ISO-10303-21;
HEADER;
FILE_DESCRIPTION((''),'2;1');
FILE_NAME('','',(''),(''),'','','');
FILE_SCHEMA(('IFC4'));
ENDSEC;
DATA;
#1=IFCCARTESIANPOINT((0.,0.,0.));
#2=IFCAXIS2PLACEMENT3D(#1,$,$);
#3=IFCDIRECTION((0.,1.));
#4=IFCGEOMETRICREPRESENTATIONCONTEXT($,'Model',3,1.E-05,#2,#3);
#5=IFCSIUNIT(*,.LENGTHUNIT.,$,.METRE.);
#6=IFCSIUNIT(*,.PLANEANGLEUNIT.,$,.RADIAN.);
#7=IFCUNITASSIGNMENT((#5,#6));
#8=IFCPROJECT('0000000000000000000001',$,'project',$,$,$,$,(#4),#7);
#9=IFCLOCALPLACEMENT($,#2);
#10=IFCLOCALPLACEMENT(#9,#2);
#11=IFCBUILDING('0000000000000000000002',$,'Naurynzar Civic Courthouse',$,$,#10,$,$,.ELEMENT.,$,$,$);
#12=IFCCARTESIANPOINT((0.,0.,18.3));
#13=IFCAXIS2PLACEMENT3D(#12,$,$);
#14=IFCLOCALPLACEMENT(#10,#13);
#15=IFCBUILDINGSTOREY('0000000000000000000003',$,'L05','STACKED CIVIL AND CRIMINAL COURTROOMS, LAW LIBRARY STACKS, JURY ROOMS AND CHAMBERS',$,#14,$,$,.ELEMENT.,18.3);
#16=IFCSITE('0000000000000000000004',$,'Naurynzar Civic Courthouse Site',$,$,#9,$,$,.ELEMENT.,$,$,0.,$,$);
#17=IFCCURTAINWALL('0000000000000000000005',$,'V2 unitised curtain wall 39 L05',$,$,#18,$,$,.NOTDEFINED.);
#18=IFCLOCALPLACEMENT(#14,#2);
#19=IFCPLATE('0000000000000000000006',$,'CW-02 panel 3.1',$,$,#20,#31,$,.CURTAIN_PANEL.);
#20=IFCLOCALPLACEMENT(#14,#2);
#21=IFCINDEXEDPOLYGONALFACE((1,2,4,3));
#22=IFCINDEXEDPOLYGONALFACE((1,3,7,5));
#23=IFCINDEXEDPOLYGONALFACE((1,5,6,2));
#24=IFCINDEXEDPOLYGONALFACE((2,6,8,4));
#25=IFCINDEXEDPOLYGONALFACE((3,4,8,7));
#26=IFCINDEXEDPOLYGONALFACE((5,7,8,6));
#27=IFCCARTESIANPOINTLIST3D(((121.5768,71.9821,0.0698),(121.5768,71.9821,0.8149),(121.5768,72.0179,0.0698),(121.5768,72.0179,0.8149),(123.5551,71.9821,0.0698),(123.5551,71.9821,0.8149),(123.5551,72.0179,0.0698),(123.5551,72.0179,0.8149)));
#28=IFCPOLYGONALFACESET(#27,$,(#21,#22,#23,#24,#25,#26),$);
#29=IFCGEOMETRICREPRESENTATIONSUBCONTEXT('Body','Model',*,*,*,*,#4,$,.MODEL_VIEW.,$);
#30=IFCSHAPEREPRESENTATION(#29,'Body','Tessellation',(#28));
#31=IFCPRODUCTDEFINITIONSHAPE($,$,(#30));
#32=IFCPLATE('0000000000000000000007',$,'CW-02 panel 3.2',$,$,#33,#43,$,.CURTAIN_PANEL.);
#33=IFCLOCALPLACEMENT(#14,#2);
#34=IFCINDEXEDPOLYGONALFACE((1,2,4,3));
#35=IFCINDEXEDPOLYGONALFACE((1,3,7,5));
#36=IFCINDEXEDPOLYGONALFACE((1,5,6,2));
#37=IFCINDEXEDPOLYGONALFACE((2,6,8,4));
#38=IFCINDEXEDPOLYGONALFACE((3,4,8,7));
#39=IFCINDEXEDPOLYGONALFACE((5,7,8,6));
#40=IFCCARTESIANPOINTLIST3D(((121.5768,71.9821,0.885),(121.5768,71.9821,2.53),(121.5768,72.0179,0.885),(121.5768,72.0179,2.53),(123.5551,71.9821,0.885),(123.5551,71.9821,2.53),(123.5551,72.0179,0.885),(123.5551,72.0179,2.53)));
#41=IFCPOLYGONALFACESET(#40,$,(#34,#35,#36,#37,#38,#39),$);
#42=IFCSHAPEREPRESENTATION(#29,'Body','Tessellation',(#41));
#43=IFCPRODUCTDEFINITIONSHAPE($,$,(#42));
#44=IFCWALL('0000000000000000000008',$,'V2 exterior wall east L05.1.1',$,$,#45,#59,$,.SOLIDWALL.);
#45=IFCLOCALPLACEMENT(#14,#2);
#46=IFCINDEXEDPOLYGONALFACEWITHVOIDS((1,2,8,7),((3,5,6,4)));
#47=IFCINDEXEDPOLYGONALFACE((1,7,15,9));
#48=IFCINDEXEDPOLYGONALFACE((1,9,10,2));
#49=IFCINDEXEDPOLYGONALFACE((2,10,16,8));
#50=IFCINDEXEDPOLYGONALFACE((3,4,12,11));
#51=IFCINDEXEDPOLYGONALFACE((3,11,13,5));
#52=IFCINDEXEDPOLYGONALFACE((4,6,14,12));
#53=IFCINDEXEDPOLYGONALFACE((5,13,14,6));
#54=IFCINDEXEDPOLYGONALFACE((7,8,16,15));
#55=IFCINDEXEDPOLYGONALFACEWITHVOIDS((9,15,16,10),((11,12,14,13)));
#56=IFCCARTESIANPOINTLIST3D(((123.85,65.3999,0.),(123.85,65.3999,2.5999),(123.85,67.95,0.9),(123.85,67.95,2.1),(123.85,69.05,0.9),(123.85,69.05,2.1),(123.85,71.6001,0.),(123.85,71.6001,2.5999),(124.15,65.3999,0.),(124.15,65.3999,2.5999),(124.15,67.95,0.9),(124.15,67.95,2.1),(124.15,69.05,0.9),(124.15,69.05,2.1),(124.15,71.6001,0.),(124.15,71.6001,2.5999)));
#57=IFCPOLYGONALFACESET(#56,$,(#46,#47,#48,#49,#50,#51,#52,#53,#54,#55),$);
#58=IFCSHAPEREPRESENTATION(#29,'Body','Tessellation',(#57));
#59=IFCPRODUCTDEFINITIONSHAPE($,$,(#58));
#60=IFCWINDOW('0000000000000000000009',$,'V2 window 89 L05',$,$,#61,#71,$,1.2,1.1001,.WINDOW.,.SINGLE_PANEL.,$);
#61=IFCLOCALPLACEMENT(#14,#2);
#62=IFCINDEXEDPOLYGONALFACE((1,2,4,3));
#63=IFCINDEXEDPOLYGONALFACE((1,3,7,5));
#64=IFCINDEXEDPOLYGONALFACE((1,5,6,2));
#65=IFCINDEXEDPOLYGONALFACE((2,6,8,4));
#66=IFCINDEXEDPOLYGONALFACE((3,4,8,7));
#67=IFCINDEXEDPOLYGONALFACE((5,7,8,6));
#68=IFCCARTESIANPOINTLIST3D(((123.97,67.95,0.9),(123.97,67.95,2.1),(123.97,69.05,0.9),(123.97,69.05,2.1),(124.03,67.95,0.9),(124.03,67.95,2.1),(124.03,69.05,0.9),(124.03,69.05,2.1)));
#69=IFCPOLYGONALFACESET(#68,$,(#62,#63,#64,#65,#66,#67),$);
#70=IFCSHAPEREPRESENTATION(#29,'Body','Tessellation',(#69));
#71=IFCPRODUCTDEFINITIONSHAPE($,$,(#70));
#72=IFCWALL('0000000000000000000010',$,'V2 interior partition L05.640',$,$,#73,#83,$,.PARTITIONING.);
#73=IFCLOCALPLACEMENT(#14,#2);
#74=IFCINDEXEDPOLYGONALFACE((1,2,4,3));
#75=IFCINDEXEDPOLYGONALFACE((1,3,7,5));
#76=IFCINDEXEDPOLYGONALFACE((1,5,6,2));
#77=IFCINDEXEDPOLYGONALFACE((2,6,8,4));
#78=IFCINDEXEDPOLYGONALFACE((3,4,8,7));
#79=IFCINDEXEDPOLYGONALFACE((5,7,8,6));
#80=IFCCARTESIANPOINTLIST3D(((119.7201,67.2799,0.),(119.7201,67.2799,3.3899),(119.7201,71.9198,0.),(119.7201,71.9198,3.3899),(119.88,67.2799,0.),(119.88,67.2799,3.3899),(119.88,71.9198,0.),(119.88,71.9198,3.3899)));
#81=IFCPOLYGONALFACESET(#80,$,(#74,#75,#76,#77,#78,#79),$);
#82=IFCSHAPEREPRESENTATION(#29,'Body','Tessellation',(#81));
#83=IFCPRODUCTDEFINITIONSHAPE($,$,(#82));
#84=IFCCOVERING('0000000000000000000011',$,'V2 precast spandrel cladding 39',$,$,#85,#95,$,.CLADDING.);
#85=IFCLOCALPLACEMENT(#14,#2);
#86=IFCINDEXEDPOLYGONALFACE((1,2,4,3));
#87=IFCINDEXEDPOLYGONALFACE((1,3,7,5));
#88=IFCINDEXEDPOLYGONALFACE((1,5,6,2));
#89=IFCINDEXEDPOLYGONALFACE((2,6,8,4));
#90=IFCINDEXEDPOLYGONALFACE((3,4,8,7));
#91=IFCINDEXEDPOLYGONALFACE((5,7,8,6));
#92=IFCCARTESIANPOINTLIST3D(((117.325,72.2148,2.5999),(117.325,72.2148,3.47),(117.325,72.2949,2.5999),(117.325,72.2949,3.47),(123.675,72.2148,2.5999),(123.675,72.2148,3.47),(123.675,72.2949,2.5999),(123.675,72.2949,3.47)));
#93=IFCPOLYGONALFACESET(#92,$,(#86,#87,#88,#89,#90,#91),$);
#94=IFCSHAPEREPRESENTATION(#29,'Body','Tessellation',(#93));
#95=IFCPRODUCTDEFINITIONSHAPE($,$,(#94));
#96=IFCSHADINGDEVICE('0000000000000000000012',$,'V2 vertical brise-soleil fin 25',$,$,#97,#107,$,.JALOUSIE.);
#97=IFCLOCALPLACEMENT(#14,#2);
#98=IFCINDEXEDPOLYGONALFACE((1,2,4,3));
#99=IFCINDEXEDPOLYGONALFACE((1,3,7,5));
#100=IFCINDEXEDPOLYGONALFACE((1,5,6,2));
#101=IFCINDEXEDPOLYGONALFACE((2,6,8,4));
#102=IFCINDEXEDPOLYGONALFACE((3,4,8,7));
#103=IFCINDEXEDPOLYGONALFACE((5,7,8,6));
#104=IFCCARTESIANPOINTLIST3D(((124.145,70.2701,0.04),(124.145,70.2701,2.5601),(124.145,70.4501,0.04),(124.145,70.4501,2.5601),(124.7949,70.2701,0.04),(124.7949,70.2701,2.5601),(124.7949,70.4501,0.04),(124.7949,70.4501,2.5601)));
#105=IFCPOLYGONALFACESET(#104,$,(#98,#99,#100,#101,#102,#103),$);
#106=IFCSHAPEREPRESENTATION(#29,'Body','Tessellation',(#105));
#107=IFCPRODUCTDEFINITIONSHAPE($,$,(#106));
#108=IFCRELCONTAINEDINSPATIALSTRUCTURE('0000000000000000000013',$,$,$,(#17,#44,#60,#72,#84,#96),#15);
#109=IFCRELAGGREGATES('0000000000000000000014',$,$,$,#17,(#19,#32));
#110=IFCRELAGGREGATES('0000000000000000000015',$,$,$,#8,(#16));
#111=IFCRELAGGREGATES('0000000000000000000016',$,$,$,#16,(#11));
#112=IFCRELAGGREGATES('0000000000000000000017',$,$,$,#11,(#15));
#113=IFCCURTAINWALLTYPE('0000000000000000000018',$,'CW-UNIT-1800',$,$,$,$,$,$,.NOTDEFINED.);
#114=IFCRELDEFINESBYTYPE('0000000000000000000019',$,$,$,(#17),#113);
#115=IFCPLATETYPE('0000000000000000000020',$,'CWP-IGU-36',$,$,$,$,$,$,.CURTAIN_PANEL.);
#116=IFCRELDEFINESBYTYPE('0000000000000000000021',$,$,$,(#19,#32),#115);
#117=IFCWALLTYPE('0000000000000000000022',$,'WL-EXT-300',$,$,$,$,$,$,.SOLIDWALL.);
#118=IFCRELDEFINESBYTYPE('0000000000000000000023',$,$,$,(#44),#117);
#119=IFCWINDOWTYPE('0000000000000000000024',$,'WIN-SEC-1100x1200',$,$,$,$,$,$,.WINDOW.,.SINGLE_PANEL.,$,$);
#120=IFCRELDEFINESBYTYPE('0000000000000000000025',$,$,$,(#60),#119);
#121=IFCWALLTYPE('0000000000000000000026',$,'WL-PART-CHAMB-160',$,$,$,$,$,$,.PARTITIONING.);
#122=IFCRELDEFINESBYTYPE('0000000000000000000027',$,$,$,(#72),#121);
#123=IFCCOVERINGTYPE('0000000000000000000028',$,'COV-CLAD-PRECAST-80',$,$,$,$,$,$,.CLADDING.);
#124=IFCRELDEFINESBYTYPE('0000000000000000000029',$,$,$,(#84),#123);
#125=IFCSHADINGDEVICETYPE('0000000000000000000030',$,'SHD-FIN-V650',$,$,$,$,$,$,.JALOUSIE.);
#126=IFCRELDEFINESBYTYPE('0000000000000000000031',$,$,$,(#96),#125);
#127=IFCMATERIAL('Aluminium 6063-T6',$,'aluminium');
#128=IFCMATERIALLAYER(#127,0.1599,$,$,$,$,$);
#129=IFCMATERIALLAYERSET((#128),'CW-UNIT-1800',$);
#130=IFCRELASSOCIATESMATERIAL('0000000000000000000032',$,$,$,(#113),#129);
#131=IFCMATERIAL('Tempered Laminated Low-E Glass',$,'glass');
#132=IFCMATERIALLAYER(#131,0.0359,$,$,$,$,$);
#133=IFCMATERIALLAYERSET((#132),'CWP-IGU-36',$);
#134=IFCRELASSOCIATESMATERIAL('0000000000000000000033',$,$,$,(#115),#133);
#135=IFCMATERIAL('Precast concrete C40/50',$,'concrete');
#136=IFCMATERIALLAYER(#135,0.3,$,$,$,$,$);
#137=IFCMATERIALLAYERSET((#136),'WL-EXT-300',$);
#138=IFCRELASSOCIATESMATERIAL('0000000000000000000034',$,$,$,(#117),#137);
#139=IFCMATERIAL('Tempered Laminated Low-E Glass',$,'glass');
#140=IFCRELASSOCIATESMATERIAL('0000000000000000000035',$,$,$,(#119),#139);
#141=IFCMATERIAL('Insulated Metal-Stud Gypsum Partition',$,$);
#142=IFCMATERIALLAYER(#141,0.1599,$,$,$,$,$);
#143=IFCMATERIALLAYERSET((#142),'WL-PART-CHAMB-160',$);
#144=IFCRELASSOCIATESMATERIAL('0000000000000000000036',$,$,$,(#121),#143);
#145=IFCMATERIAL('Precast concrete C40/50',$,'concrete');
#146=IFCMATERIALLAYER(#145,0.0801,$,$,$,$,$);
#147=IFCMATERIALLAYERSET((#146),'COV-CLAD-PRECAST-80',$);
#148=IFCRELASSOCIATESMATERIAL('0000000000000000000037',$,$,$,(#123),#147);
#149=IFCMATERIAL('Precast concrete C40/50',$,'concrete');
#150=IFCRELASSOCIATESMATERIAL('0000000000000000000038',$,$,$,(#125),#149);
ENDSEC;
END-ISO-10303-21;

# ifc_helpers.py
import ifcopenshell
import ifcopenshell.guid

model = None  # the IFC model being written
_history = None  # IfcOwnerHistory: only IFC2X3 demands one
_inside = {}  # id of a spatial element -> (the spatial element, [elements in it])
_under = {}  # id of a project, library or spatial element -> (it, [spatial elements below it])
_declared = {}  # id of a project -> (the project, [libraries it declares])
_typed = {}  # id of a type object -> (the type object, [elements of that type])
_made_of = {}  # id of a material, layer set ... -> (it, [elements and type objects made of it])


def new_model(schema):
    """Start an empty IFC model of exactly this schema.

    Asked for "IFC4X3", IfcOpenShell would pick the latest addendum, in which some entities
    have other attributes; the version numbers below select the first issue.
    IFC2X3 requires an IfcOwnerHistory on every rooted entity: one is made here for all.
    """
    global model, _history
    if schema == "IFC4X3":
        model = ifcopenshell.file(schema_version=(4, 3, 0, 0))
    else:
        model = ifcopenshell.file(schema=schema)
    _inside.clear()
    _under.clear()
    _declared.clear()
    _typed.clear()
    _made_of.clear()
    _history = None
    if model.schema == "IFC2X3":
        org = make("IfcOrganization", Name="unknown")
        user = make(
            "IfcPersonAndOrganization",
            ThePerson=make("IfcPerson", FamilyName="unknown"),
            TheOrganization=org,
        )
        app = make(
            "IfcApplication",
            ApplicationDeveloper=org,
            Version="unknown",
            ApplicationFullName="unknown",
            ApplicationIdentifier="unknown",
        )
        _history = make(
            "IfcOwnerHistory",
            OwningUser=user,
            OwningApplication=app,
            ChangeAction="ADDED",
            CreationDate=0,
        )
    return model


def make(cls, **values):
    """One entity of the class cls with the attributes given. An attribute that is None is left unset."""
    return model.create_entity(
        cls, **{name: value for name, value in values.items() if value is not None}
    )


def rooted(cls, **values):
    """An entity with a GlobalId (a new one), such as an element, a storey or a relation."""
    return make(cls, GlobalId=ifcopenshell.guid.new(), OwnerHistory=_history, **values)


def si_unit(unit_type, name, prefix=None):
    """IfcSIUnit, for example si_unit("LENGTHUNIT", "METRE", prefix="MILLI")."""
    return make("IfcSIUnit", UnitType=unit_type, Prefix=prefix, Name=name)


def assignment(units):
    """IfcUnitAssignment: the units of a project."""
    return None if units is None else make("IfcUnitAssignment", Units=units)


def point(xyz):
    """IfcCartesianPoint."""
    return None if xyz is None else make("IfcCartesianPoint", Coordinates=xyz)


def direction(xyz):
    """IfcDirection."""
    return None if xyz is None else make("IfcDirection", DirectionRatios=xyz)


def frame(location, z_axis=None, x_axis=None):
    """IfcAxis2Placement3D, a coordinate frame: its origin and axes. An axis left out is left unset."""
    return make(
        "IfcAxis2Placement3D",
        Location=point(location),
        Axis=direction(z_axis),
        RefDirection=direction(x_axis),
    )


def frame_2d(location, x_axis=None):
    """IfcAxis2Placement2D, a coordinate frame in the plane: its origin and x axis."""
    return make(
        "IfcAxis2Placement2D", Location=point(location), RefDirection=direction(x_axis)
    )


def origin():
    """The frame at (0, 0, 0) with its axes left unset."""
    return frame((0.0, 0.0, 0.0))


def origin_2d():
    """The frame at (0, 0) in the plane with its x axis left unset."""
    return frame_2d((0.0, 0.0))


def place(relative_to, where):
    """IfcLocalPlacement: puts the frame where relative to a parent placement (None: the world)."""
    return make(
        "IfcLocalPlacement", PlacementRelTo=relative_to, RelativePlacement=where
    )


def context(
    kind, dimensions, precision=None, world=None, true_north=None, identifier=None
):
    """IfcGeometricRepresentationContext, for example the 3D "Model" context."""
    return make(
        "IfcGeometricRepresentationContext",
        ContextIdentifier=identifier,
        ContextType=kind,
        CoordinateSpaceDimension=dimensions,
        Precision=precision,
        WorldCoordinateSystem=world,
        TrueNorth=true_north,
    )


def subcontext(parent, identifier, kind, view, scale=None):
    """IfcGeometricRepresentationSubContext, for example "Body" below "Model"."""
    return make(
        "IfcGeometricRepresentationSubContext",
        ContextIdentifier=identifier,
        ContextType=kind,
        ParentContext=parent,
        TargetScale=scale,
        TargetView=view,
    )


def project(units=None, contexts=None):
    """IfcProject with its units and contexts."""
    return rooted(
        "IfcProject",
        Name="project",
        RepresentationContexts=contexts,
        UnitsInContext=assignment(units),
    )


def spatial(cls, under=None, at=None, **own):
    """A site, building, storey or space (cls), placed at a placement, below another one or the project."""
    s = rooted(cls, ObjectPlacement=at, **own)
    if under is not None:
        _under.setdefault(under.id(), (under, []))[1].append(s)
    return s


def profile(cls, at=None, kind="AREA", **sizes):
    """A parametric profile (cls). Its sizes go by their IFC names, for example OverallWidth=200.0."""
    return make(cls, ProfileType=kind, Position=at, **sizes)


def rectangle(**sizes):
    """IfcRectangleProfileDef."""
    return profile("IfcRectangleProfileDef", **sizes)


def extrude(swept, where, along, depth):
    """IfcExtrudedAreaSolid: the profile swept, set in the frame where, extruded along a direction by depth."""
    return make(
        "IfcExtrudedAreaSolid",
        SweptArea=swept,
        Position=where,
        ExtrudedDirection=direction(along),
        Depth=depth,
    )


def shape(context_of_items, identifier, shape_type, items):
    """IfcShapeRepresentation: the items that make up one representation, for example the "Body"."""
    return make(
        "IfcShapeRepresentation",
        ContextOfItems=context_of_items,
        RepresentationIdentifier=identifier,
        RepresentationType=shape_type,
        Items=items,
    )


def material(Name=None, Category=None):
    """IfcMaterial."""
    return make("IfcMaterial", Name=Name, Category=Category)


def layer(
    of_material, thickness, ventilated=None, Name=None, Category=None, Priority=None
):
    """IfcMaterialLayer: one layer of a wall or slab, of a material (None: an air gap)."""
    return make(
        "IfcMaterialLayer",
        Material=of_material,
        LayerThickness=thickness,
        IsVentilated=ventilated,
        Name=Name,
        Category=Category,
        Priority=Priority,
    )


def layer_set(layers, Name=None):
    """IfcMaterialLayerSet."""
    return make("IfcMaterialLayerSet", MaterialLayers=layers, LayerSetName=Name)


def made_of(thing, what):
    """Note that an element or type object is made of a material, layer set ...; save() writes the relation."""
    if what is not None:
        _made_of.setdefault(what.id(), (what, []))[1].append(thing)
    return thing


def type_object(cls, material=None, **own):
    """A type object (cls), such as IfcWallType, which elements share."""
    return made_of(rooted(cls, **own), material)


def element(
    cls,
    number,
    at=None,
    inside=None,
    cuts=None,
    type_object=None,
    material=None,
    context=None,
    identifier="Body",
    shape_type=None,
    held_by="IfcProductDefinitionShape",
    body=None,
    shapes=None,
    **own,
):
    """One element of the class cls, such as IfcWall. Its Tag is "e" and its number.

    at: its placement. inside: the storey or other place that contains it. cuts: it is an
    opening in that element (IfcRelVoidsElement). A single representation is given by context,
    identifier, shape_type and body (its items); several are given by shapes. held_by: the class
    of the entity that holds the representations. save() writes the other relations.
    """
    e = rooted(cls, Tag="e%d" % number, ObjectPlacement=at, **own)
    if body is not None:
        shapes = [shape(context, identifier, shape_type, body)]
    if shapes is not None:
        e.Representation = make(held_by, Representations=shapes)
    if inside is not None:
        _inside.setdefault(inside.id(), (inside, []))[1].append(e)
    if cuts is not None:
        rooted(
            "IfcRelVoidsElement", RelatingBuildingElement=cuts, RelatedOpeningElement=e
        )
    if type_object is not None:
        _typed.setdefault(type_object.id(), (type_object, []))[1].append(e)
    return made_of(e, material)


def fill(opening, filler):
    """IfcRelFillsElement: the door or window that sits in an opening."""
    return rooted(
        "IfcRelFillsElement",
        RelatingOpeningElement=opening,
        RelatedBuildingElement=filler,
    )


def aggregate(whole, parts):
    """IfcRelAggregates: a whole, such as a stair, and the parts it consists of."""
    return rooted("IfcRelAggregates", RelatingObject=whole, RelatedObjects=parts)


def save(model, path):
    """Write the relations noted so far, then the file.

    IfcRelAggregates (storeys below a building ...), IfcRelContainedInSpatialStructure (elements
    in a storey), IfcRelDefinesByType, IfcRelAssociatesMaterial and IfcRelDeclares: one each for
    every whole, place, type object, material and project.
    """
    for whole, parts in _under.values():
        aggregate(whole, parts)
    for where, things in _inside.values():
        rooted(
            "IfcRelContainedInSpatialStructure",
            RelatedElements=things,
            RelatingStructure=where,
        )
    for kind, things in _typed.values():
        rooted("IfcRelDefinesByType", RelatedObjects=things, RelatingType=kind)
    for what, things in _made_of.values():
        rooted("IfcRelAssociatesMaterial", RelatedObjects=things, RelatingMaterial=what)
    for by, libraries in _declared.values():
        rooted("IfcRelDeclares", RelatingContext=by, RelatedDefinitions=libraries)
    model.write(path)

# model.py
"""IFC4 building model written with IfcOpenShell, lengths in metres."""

from ifc_helpers import new_model, si_unit, direction, frame, frame_2d, origin, origin_2d, place, context, subcontext, project, spatial, rectangle, extrude, material, layer, layer_set, type_object, element, fill, aggregate, save


model = new_model("IFC4")

# Units and contexts
model_context = context("Model", 3, precision=1e-05, world=origin(), true_north=direction((0.0, 1.0)))
body_context = subcontext(model_context, "Body", "Model", "MODEL_VIEW")
ifc_project = project(units=[si_unit("LENGTHUNIT", "METRE"), si_unit("PLANEANGLEUNIT", "RADIAN")], contexts=[model_context])

# Site, building, storey
site_placement = place(None, origin())
site = spatial("IfcSite", under=ifc_project, at=site_placement, Name="Naurynzar Civic Courthouse Site", CompositionType="ELEMENT", RefElevation=0.0)
building_placement = place(site_placement, origin())
building = spatial("IfcBuilding", under=site, at=building_placement, Name="Naurynzar Civic Courthouse", CompositionType="ELEMENT")
storey_placement = place(building_placement, frame((0.0, 0.0, 18.3)))
storey = spatial("IfcBuildingStorey", under=building, at=storey_placement, Name="L05", Description="STACKED CIVIL AND CRIMINAL COURTROOMS, LAW LIBRARY STACKS, JURY ROOMS AND CHAMBERS", CompositionType="ELEMENT", Elevation=18.3)

# Curtain wall, plates
ifc_material_1 = material(Name="Aluminium 6063-T6", Category="aluminium")
ifc_layer_1 = layer(ifc_material_1, 0.1599)
ifc_layer_set_1 = layer_set([ifc_layer_1], Name="CW-UNIT-1800")
curtain_wall_type = type_object("IfcCurtainWallType", Name="CW-UNIT-1800", PredefinedType="NOTDEFINED", material=ifc_layer_set_1)
curtain_wall_placement = place(storey_placement, origin())
curtain_wall = element("IfcCurtainWall", 1, at=curtain_wall_placement, inside=storey, type_object=curtain_wall_type, Name="V2 unitised curtain wall 39 L05", PredefinedType="NOTDEFINED")
ifc_material_2 = material(Name="Tempered Laminated Low-E Glass", Category="glass")
ifc_layer_2 = layer(ifc_material_2, 0.0359)
ifc_layer_set_2 = layer_set([ifc_layer_2], Name="CWP-IGU-36")
plate_type = type_object("IfcPlateType", Name="CWP-IGU-36", PredefinedType="CURTAIN_PANEL", material=ifc_layer_set_2)
plate_1_placement = place(storey_placement, frame((122.5659, 72.0, 0.0698), z_axis=(0.0, 0.0, 1.0), x_axis=(1.0, 0.0, 0.0)))
plate_1 = element("IfcPlate", 2, at=plate_1_placement, type_object=plate_type, Name="CW-02 panel 3.1", PredefinedType="CURTAIN_PANEL", context=body_context, shape_type="SweptSolid", body=[
    extrude(rectangle(XDim=1.9783, YDim=0.0359, at=origin_2d()), origin(), (0.0, 0.0, 1.0), 0.7451),
])
plate_2_placement = place(storey_placement, frame((122.5659, 72.0, 0.885), z_axis=(0.0, 0.0, 1.0), x_axis=(1.0, 0.0, 0.0)))
plate_2 = element("IfcPlate", 3, at=plate_2_placement, type_object=plate_type, Name="CW-02 panel 3.2", PredefinedType="CURTAIN_PANEL", context=body_context, shape_type="SweptSolid", body=[
    extrude(rectangle(XDim=1.9783, YDim=0.0359, at=origin_2d()), origin(), (0.0, 0.0, 1.0), 1.645),
])
aggregate(curtain_wall, [plate_1, plate_2])

# Wall, opening, window
ifc_material_3 = material(Name="Precast concrete C40/50", Category="concrete")
ifc_layer_3 = layer(ifc_material_3, 0.3)
ifc_layer_set_3 = layer_set([ifc_layer_3], Name="WL-EXT-300")
wall_type_1 = type_object("IfcWallType", Name="WL-EXT-300", PredefinedType="SOLIDWALL", material=ifc_layer_set_3)
wall_1_placement = place(storey_placement, frame((124.0, 71.6001, 0.0), z_axis=(0.0, 0.0, 1.0), x_axis=(0.0, -1.0, 0.0)))
wall_1 = element("IfcWall", 4, at=wall_1_placement, inside=storey, type_object=wall_type_1, Name="V2 exterior wall east L05.1.1", PredefinedType="SOLIDWALL", context=body_context, shape_type="SweptSolid", body=[
    extrude(rectangle(XDim=6.2002, YDim=0.3, at=frame_2d((3.1001, 0.0))), origin(), (0.0, 0.0, 1.0), 2.5999),
])
opening_placement = place(wall_1_placement, frame((2.55, 0.0, 0.8999)))
opening = element("IfcOpeningElement", 5, at=opening_placement, cuts=wall_1, PredefinedType="OPENING", context=body_context, shape_type="SweptSolid", body=[
    extrude(rectangle(XDim=1.1001, YDim=1.2, at=frame_2d((0.55, 0.6001))), frame((0.0, 0.1599, 0.0), z_axis=(0.0, -1.0, 0.0), x_axis=(1.0, 0.0, 0.0)), (0.0, 0.0, 1.0), 0.3201),
])
ifc_material_4 = material(Name="Tempered Laminated Low-E Glass", Category="glass")
window_type = type_object("IfcWindowType", Name="WIN-SEC-1100x1200", PartitioningType="SINGLE_PANEL", PredefinedType="WINDOW", material=ifc_material_4)
window_placement = place(opening_placement, origin())
window = element("IfcWindow", 6, at=window_placement, inside=storey, type_object=window_type, Name="V2 window 89 L05", OverallHeight=1.2, OverallWidth=1.1001, PartitioningType="SINGLE_PANEL", PredefinedType="WINDOW", context=body_context, shape_type="SweptSolid", body=[
    extrude(rectangle(XDim=1.1001, YDim=1.2, at=frame_2d((0.55, 0.6001))), frame((0.0, 0.03, 0.0), z_axis=(0.0, -1.0, 0.0), x_axis=(1.0, 0.0, 0.0)), (0.0, 0.0, 1.0), 0.0601),
])
fill(opening, window)

# Wall
ifc_material_5 = material(Name="Insulated Metal-Stud Gypsum Partition")
ifc_layer_4 = layer(ifc_material_5, 0.1599)
ifc_layer_set_4 = layer_set([ifc_layer_4], Name="WL-PART-CHAMB-160")
wall_type_2 = type_object("IfcWallType", Name="WL-PART-CHAMB-160", PredefinedType="PARTITIONING", material=ifc_layer_set_4)
wall_2_placement = place(storey_placement, frame((119.8, 67.28, 0.0), z_axis=(0.0, 0.0, 1.0), x_axis=(0.0, 1.0, 0.0)))
element("IfcWall", 7, at=wall_2_placement, inside=storey, type_object=wall_type_2, Name="V2 interior partition L05.640", PredefinedType="PARTITIONING", context=body_context, shape_type="SweptSolid", body=[
    extrude(rectangle(XDim=4.6399, YDim=0.1599, at=frame_2d((2.3198, 0.0))), origin(), (0.0, 0.0, 1.0), 3.3899),
])

# Covering
ifc_material_6 = material(Name="Precast concrete C40/50", Category="concrete")
ifc_layer_5 = layer(ifc_material_6, 0.0801)
ifc_layer_set_5 = layer_set([ifc_layer_5], Name="COV-CLAD-PRECAST-80")
covering_type = type_object("IfcCoveringType", Name="COV-CLAD-PRECAST-80", PredefinedType="CLADDING", material=ifc_layer_set_5)
covering_placement = place(storey_placement, frame((120.5, 72.2549, 2.5999), z_axis=(0.0, 0.0, 1.0), x_axis=(1.0, 0.0, 0.0)))
element("IfcCovering", 8, at=covering_placement, inside=storey, type_object=covering_type, Name="V2 precast spandrel cladding 39", PredefinedType="CLADDING", context=body_context, shape_type="SweptSolid", body=[
    extrude(rectangle(XDim=6.3501, YDim=0.0801, at=origin_2d()), origin(), (0.0, 0.0, 1.0), 0.8701),
])

# Shading device
ifc_material_7 = material(Name="Precast concrete C40/50", Category="concrete")
shading_device_type = type_object("IfcShadingDeviceType", Name="SHD-FIN-V650", PredefinedType="JALOUSIE", material=ifc_material_7)
shading_device_placement = place(storey_placement, frame((124.47, 70.3601, 0.04), z_axis=(0.0, 0.0, 1.0), x_axis=(0.0, -1.0, 0.0)))
element("IfcShadingDevice", 9, at=shading_device_placement, inside=storey, type_object=shading_device_type, Name="V2 vertical brise-soleil fin 25", PredefinedType="JALOUSIE", context=body_context, shape_type="SweptSolid", body=[
    extrude(rectangle(XDim=0.1799, YDim=0.6499, at=origin_2d()), origin(), (0.0, 0.0, 1.0), 2.52),
])

save(model, "model.ifc")
